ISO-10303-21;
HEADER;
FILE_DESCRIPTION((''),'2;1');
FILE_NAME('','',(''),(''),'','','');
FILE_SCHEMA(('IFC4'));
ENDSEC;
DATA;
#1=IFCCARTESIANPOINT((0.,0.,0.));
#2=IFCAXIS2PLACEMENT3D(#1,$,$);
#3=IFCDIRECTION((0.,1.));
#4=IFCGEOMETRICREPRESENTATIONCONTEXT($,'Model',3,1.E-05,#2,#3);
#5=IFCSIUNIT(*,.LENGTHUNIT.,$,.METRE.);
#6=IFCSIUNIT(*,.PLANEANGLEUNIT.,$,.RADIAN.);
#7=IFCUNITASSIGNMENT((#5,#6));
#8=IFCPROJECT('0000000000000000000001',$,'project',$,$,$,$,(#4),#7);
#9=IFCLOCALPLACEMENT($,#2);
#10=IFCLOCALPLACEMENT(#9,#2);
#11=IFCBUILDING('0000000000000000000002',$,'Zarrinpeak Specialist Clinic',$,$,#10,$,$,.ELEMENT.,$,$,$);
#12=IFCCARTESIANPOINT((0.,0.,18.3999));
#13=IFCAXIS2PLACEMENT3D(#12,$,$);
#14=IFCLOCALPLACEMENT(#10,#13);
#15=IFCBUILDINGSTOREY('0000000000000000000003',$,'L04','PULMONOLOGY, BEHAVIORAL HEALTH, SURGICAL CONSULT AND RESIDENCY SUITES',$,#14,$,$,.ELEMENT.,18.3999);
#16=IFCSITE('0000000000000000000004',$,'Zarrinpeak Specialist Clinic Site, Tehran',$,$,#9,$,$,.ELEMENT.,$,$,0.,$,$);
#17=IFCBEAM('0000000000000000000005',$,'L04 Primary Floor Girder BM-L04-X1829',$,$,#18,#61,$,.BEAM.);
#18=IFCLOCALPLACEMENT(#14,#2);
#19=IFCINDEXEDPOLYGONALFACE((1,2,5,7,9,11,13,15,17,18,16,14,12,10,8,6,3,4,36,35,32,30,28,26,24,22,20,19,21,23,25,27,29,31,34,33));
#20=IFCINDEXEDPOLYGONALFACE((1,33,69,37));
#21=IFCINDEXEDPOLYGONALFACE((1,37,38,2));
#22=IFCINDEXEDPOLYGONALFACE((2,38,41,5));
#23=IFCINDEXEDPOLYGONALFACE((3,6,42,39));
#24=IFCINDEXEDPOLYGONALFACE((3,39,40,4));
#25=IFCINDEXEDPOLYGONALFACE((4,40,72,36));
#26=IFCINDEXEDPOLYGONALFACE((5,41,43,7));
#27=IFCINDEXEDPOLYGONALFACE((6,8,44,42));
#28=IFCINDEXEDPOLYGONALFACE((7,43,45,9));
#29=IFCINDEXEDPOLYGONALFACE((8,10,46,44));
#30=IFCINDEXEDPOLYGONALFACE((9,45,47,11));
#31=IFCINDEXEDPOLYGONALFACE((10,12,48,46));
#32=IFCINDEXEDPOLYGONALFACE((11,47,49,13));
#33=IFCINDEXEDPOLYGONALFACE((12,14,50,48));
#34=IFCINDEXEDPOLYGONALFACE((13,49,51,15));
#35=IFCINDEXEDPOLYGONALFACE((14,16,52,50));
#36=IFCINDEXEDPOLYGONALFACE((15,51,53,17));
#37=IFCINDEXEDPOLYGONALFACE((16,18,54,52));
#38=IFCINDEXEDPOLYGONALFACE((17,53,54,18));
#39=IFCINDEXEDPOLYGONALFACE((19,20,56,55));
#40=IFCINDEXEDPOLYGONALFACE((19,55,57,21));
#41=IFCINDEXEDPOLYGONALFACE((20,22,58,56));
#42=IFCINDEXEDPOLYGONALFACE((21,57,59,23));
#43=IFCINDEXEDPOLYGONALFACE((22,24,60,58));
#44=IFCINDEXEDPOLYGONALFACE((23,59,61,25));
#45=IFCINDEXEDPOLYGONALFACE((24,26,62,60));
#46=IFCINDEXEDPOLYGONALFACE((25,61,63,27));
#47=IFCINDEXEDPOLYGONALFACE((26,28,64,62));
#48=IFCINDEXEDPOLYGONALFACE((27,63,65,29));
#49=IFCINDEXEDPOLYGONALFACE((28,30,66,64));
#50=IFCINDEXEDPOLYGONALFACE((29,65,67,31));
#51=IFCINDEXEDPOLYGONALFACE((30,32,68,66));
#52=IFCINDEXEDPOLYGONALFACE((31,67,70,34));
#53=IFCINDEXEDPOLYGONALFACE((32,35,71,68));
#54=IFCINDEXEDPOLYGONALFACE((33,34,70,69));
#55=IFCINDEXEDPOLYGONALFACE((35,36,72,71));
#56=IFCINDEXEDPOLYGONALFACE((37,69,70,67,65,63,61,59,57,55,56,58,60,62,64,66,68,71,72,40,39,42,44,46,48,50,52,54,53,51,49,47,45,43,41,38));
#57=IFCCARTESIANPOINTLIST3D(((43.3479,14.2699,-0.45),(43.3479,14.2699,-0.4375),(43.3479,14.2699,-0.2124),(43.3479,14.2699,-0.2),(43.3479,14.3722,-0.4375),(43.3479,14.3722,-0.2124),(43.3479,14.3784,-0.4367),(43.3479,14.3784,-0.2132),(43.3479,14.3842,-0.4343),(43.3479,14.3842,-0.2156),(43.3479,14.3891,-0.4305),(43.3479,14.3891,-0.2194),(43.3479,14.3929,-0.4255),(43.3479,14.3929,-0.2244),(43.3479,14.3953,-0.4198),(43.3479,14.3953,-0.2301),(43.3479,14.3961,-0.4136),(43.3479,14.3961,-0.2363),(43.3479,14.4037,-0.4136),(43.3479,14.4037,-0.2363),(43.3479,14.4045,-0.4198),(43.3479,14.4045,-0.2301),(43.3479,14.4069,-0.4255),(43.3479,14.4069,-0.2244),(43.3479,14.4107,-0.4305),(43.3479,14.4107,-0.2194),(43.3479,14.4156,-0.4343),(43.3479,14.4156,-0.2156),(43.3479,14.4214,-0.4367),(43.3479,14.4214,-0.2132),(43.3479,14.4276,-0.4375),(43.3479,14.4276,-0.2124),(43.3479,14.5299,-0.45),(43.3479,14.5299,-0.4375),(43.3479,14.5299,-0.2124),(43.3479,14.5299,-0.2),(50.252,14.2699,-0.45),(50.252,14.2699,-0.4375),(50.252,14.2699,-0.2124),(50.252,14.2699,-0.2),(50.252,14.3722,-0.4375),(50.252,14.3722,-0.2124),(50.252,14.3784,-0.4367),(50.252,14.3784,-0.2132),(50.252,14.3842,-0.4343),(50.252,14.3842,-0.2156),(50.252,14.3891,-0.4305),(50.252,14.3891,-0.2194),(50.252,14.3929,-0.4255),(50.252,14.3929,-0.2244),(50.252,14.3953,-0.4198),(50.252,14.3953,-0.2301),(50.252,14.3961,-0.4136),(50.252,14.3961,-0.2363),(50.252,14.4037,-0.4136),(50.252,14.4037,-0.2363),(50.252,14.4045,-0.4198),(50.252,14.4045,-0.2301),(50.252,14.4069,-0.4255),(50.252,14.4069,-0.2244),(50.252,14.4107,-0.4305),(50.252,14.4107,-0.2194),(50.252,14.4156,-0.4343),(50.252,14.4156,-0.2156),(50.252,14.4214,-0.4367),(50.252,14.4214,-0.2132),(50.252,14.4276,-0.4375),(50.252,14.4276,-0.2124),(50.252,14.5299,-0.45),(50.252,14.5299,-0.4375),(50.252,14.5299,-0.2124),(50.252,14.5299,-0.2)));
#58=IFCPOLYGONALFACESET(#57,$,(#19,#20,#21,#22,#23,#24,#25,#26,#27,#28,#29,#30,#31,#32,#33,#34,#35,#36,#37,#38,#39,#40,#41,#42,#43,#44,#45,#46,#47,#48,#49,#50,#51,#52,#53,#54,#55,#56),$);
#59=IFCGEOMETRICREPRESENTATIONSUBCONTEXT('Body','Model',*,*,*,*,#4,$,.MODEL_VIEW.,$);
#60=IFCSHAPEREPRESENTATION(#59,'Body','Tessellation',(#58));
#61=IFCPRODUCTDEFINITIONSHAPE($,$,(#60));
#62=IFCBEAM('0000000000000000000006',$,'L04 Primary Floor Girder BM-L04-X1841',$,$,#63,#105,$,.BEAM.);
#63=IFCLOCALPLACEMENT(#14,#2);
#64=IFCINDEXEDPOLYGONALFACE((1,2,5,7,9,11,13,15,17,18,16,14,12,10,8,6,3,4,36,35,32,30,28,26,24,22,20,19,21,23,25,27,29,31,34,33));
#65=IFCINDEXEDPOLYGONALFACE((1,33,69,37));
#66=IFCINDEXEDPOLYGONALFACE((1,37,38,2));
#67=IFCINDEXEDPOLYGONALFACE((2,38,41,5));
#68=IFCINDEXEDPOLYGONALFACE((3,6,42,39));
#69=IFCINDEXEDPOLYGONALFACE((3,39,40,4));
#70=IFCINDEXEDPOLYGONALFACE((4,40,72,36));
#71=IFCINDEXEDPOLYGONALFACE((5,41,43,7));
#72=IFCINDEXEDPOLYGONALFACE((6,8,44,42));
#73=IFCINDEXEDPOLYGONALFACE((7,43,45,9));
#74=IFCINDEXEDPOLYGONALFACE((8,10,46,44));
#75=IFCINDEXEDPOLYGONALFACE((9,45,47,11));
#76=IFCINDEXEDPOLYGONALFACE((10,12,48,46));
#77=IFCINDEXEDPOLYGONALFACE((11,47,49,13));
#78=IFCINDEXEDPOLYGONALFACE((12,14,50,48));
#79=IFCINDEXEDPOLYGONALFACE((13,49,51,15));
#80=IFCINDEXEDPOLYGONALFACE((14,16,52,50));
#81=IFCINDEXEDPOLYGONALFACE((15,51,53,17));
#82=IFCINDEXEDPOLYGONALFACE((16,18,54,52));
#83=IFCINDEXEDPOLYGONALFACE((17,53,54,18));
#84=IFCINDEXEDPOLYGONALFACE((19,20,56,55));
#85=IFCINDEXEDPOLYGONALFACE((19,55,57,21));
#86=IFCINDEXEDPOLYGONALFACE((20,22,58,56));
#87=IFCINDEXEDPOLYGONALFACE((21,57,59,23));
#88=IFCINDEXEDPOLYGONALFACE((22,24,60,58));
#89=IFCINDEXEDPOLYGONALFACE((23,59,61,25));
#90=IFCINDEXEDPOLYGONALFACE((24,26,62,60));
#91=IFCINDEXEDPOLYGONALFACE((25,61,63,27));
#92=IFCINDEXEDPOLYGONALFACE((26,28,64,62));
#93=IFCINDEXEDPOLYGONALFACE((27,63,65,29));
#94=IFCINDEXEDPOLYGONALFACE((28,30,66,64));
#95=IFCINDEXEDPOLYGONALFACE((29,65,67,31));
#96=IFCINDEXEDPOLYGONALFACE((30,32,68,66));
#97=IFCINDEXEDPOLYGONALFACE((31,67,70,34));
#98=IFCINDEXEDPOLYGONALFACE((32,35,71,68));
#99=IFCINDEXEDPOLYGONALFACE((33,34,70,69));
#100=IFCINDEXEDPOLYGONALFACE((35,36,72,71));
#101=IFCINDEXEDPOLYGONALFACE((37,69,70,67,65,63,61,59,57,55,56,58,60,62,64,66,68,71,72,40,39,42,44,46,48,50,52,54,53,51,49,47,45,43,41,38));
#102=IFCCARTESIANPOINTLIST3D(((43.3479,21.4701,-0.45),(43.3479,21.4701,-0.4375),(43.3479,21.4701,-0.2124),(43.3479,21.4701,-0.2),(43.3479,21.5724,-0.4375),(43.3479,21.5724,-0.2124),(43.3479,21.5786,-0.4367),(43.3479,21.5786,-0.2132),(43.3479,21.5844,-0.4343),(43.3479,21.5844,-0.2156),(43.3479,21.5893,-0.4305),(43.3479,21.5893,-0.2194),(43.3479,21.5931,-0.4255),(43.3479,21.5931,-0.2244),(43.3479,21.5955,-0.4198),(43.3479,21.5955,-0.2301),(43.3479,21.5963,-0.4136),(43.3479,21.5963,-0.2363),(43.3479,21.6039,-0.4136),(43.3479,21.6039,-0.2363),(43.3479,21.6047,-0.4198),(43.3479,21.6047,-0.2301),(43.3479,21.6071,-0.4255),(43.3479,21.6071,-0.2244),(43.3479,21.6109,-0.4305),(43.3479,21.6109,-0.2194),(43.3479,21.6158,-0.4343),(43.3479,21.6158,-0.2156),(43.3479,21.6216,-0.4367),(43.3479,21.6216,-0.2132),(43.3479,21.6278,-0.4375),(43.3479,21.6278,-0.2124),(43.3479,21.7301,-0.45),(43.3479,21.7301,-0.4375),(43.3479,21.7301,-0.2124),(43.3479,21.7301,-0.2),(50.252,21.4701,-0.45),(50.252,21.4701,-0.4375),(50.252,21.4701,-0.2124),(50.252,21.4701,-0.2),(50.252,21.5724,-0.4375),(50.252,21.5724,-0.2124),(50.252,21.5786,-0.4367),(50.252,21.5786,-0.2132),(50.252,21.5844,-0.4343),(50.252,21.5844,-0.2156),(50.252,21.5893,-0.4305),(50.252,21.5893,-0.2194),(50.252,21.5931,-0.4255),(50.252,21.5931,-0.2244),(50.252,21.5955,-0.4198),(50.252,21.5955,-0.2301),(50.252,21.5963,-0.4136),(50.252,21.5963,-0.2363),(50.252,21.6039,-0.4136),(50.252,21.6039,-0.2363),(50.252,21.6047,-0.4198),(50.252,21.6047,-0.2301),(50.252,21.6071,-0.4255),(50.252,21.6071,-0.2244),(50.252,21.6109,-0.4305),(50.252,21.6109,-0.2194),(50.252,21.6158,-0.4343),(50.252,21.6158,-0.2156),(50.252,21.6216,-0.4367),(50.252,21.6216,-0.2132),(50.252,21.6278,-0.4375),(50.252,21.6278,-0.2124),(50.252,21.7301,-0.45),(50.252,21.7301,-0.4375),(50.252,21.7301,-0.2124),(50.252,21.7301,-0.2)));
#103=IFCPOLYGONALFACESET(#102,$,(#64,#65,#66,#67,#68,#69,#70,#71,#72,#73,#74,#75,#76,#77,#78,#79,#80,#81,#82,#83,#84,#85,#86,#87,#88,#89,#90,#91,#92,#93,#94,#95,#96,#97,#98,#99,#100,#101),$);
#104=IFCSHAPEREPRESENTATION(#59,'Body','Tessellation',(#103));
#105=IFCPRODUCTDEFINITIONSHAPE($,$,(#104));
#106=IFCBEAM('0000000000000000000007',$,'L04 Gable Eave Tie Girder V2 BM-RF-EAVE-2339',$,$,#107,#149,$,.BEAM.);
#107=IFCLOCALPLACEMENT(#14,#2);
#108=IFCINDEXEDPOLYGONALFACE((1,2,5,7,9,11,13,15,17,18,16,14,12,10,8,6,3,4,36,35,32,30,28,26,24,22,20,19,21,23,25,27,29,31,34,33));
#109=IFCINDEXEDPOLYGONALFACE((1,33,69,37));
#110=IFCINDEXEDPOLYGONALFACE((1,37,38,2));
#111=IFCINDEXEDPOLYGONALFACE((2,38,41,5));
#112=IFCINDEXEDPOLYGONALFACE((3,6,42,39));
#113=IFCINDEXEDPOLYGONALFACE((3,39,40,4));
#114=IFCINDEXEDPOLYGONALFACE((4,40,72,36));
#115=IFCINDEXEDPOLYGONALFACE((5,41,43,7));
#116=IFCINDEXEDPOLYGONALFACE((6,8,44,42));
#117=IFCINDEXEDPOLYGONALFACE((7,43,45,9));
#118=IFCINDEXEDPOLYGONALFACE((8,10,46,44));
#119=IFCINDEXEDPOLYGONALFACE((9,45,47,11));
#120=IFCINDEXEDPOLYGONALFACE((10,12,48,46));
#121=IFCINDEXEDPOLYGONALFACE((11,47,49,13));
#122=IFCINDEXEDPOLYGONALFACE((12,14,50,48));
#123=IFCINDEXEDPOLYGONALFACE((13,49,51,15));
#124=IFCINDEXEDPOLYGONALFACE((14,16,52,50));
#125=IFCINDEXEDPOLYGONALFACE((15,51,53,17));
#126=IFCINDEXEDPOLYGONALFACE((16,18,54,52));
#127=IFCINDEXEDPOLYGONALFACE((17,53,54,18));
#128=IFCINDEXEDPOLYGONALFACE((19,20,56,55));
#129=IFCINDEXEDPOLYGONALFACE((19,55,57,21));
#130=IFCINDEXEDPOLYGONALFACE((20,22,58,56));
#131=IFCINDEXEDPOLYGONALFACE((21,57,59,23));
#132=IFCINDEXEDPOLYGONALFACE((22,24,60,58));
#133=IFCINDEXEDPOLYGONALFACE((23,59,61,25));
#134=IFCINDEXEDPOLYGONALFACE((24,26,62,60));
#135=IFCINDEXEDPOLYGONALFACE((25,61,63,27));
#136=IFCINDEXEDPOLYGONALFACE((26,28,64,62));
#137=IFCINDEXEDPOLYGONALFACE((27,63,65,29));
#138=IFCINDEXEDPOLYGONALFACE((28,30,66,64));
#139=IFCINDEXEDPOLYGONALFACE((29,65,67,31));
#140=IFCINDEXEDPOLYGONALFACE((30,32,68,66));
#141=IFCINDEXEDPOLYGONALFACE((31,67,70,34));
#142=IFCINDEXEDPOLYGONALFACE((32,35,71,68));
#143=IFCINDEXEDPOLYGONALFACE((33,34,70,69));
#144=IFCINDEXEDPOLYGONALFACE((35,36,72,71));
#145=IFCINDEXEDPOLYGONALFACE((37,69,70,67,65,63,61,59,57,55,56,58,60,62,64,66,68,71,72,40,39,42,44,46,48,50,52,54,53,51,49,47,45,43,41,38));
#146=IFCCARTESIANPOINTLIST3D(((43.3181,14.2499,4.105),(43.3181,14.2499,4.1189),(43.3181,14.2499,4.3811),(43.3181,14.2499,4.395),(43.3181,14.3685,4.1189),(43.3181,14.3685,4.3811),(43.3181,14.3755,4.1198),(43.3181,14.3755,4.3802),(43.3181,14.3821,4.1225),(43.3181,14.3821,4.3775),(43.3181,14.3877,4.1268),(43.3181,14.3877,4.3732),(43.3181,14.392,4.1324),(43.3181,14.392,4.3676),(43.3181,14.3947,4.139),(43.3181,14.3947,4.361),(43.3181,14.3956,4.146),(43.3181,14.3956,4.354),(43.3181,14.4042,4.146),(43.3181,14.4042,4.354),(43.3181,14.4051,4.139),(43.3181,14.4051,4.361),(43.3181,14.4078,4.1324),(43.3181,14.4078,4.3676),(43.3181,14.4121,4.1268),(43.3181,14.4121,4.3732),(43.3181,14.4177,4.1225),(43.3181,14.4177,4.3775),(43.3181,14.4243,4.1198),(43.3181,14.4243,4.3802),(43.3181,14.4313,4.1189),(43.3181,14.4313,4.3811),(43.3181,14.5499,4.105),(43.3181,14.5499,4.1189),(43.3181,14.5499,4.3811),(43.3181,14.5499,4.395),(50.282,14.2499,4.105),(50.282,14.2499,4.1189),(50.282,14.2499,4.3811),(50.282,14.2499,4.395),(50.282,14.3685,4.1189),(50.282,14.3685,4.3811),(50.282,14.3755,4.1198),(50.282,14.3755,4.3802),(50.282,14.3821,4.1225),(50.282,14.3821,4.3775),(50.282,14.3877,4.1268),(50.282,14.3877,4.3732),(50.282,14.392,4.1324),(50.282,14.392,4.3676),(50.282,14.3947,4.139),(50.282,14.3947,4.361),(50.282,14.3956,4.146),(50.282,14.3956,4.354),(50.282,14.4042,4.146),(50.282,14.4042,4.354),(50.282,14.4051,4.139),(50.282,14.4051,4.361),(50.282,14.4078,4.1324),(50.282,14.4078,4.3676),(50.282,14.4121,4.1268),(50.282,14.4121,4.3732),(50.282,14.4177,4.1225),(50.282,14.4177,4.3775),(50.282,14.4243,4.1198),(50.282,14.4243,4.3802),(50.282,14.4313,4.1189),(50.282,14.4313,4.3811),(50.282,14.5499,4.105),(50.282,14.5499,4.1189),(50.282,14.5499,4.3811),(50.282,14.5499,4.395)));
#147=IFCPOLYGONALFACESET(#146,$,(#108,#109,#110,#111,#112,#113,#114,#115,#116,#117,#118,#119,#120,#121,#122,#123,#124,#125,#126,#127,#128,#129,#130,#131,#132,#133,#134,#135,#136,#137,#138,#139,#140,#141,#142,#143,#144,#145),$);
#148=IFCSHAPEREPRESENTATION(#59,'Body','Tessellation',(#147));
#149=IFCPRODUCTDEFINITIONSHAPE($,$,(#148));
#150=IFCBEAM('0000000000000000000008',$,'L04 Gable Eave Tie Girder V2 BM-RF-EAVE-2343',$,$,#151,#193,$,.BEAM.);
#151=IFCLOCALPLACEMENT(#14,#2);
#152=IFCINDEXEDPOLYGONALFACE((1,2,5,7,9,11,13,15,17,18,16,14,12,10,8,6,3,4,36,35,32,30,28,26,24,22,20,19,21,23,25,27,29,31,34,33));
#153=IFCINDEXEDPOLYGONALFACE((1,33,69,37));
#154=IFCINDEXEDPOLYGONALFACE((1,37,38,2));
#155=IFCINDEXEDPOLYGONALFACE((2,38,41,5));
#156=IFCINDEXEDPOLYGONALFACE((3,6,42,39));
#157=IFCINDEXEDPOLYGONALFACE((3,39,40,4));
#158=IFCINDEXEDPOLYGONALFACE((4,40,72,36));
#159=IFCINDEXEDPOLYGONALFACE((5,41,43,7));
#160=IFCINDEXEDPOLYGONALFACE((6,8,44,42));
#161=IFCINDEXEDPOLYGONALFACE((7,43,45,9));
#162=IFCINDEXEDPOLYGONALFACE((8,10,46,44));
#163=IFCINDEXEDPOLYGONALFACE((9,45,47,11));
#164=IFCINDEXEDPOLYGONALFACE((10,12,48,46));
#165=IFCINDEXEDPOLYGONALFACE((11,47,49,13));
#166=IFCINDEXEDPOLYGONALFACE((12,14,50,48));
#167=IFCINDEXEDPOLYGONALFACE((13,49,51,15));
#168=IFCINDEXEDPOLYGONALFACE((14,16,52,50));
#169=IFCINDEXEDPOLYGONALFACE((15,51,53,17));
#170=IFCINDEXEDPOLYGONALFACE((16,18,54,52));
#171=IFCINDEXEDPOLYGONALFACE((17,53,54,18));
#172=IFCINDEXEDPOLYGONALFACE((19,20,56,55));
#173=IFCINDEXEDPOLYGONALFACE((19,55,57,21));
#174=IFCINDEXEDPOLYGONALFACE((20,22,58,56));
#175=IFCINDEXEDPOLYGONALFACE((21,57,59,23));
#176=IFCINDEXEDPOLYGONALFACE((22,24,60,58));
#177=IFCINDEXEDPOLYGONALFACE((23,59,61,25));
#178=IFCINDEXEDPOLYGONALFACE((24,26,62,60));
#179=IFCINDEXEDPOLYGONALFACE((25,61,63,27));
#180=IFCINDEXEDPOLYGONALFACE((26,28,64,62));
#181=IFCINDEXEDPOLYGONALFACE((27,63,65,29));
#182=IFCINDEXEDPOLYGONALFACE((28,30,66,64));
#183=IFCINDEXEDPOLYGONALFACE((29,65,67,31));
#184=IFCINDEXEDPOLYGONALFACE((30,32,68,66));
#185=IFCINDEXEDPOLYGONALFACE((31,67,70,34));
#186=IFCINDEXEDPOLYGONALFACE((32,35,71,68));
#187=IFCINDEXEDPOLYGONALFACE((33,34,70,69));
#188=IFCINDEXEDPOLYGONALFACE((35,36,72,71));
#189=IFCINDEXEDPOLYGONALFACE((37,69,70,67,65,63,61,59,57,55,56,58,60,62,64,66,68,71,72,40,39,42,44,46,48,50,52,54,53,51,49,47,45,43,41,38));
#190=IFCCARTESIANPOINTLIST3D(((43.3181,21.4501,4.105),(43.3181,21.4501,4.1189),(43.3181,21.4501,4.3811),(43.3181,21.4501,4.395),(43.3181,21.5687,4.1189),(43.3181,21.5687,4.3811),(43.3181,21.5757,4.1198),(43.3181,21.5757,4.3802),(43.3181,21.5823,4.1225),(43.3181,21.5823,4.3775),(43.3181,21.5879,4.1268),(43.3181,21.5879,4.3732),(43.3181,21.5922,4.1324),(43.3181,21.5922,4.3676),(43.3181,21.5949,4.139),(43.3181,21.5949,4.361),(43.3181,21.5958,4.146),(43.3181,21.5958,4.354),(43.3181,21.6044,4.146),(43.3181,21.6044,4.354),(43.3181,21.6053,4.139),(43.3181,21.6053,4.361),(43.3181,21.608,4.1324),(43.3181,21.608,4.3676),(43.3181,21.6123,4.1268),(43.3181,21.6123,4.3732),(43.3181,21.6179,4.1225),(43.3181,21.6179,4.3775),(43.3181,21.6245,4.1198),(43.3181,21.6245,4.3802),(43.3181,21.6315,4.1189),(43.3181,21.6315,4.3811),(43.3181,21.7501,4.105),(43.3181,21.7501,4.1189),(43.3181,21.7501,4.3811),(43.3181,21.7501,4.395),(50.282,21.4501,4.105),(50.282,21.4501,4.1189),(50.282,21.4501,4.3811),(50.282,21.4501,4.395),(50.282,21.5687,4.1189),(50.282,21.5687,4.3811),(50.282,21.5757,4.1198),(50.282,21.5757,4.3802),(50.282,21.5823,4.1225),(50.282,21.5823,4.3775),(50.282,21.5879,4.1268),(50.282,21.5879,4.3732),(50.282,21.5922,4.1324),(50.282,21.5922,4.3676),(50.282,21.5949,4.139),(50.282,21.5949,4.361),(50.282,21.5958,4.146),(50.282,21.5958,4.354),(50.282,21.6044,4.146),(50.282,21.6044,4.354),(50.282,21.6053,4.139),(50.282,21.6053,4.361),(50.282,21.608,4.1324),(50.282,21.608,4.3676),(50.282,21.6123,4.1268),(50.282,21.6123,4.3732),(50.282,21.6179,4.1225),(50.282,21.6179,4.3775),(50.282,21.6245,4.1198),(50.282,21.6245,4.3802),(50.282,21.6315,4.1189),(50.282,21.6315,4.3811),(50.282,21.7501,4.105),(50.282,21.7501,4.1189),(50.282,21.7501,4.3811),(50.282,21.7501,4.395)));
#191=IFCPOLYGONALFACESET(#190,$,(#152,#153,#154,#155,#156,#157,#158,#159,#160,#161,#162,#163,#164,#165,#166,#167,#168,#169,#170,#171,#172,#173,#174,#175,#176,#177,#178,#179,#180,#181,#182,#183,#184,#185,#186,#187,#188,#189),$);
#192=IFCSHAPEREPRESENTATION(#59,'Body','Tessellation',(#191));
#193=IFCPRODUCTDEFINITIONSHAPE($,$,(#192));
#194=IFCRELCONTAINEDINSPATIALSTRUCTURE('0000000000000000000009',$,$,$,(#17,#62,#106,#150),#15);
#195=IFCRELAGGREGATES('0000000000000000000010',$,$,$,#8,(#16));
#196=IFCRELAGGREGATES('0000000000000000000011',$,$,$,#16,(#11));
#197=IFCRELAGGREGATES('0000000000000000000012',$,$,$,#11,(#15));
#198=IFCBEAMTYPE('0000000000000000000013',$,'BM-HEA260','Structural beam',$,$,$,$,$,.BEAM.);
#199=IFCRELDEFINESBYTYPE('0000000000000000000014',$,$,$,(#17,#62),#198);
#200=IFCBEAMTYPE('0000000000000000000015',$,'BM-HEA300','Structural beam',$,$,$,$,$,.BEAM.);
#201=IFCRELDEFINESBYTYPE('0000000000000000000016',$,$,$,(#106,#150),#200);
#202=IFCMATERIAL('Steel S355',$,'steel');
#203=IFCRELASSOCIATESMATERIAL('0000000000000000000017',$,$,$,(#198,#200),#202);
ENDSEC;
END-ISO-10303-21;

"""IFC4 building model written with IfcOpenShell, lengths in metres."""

from ifc_helpers import new_model, si_unit, direction, frame, origin, origin_2d, place, context, subcontext, project, spatial, i_section, extrude, material, material_profile, profile_set, type_object, element, save


model = new_model("IFC4")

# Units and contexts
model_context = context("Model", 3, precision=1e-05, world=origin(), true_north=direction((0.0, 1.0)))
body_context = subcontext(model_context, "Body", "Model", "MODEL_VIEW")
ifc_project = project(units=[si_unit("LENGTHUNIT", "METRE"), si_unit("PLANEANGLEUNIT", "RADIAN")], contexts=[model_context])

# Site, building, storey
site_placement = place(None, origin())
site = spatial("IfcSite", under=ifc_project, at=site_placement, Name="Zarrinpeak Specialist Clinic Site, Tehran", CompositionType="ELEMENT", RefElevation=0.0)
building_placement = place(site_placement, origin())
building = spatial("IfcBuilding", under=site, at=building_placement, Name="Zarrinpeak Specialist Clinic", CompositionType="ELEMENT")
storey_placement = place(building_placement, frame((0.0, 0.0, 18.3999)))
storey = spatial("IfcBuildingStorey", under=building, at=storey_placement, Name="L04", Description="PULMONOLOGY, BEHAVIORAL HEALTH, SURGICAL CONSULT AND RESIDENCY SUITES", CompositionType="ELEMENT", Elevation=18.3999)

# Beams
ifc_material_1 = material(Name="Steel S355", Category="steel")
ifc_material_profile_1 = material_profile(ifc_material_1, i_section(OverallWidth=0.26, OverallDepth=0.25, WebThickness=0.0076, FlangeThickness=0.0125, FilletRadius=0.0239, at=origin_2d()), Name="HEA 260")
ifc_profile_set_1 = profile_set([ifc_material_profile_1], Name="Steel S355")
beam_type_1 = type_object("IfcBeamType", Name="BM-HEA260", Description="Structural beam", PredefinedType="BEAM", material=ifc_profile_set_1)
for number, where, z_axis, x_axis, name in (
    (1, (43.3479, 14.3999, -0.325), (1.0, 0.0, 0.0), (0.0, 1.0, 0.0), "L04 Primary Floor Girder BM-L04-X1829"),
    (2, (43.3479, 21.6001, -0.325), (1.0, 0.0, 0.0), (0.0, 1.0, 0.0), "L04 Primary Floor Girder BM-L04-X1841"),
):
    element("IfcBeam", number, at=place(storey_placement, frame(where, z_axis=z_axis, x_axis=x_axis)), inside=storey, type_object=beam_type_1, Name=name, PredefinedType="BEAM", context=body_context, shape_type="SweptSolid", body=[
        extrude(i_section(OverallWidth=0.26, OverallDepth=0.25, WebThickness=0.0076, FlangeThickness=0.0125, FilletRadius=0.0239, at=origin_2d()), origin(), (0.0, 0.0, 1.0), 6.9041),
    ])
ifc_material_profile_2 = material_profile(ifc_material_1, i_section(OverallWidth=0.3, OverallDepth=0.29, WebThickness=0.0085, FlangeThickness=0.0139, FilletRadius=0.0271, at=origin_2d()), Name="HEA 300")
ifc_profile_set_2 = profile_set([ifc_material_profile_2], Name="Steel S355")
beam_type_2 = type_object("IfcBeamType", Name="BM-HEA300", Description="Structural beam", PredefinedType="BEAM", material=ifc_profile_set_2)
for number, where, z_axis, x_axis, name in (
    (3, (43.3181, 14.3999, 4.25), (1.0, 0.0, 0.0), (0.0, 1.0, 0.0), "L04 Gable Eave Tie Girder V2 BM-RF-EAVE-2339"),
    (4, (43.3181, 21.6001, 4.25), (1.0, 0.0, 0.0), (0.0, 1.0, 0.0), "L04 Gable Eave Tie Girder V2 BM-RF-EAVE-2343"),
):
    element("IfcBeam", number, at=place(storey_placement, frame(where, z_axis=z_axis, x_axis=x_axis)), inside=storey, type_object=beam_type_2, Name=name, PredefinedType="BEAM", context=body_context, shape_type="SweptSolid", body=[
        extrude(i_section(OverallWidth=0.3, OverallDepth=0.29, WebThickness=0.0085, FlangeThickness=0.0139, FilletRadius=0.0271, at=origin_2d()), origin(), (0.0, 0.0, 1.0), 6.9639),
    ])

save(model, "model.ifc")
